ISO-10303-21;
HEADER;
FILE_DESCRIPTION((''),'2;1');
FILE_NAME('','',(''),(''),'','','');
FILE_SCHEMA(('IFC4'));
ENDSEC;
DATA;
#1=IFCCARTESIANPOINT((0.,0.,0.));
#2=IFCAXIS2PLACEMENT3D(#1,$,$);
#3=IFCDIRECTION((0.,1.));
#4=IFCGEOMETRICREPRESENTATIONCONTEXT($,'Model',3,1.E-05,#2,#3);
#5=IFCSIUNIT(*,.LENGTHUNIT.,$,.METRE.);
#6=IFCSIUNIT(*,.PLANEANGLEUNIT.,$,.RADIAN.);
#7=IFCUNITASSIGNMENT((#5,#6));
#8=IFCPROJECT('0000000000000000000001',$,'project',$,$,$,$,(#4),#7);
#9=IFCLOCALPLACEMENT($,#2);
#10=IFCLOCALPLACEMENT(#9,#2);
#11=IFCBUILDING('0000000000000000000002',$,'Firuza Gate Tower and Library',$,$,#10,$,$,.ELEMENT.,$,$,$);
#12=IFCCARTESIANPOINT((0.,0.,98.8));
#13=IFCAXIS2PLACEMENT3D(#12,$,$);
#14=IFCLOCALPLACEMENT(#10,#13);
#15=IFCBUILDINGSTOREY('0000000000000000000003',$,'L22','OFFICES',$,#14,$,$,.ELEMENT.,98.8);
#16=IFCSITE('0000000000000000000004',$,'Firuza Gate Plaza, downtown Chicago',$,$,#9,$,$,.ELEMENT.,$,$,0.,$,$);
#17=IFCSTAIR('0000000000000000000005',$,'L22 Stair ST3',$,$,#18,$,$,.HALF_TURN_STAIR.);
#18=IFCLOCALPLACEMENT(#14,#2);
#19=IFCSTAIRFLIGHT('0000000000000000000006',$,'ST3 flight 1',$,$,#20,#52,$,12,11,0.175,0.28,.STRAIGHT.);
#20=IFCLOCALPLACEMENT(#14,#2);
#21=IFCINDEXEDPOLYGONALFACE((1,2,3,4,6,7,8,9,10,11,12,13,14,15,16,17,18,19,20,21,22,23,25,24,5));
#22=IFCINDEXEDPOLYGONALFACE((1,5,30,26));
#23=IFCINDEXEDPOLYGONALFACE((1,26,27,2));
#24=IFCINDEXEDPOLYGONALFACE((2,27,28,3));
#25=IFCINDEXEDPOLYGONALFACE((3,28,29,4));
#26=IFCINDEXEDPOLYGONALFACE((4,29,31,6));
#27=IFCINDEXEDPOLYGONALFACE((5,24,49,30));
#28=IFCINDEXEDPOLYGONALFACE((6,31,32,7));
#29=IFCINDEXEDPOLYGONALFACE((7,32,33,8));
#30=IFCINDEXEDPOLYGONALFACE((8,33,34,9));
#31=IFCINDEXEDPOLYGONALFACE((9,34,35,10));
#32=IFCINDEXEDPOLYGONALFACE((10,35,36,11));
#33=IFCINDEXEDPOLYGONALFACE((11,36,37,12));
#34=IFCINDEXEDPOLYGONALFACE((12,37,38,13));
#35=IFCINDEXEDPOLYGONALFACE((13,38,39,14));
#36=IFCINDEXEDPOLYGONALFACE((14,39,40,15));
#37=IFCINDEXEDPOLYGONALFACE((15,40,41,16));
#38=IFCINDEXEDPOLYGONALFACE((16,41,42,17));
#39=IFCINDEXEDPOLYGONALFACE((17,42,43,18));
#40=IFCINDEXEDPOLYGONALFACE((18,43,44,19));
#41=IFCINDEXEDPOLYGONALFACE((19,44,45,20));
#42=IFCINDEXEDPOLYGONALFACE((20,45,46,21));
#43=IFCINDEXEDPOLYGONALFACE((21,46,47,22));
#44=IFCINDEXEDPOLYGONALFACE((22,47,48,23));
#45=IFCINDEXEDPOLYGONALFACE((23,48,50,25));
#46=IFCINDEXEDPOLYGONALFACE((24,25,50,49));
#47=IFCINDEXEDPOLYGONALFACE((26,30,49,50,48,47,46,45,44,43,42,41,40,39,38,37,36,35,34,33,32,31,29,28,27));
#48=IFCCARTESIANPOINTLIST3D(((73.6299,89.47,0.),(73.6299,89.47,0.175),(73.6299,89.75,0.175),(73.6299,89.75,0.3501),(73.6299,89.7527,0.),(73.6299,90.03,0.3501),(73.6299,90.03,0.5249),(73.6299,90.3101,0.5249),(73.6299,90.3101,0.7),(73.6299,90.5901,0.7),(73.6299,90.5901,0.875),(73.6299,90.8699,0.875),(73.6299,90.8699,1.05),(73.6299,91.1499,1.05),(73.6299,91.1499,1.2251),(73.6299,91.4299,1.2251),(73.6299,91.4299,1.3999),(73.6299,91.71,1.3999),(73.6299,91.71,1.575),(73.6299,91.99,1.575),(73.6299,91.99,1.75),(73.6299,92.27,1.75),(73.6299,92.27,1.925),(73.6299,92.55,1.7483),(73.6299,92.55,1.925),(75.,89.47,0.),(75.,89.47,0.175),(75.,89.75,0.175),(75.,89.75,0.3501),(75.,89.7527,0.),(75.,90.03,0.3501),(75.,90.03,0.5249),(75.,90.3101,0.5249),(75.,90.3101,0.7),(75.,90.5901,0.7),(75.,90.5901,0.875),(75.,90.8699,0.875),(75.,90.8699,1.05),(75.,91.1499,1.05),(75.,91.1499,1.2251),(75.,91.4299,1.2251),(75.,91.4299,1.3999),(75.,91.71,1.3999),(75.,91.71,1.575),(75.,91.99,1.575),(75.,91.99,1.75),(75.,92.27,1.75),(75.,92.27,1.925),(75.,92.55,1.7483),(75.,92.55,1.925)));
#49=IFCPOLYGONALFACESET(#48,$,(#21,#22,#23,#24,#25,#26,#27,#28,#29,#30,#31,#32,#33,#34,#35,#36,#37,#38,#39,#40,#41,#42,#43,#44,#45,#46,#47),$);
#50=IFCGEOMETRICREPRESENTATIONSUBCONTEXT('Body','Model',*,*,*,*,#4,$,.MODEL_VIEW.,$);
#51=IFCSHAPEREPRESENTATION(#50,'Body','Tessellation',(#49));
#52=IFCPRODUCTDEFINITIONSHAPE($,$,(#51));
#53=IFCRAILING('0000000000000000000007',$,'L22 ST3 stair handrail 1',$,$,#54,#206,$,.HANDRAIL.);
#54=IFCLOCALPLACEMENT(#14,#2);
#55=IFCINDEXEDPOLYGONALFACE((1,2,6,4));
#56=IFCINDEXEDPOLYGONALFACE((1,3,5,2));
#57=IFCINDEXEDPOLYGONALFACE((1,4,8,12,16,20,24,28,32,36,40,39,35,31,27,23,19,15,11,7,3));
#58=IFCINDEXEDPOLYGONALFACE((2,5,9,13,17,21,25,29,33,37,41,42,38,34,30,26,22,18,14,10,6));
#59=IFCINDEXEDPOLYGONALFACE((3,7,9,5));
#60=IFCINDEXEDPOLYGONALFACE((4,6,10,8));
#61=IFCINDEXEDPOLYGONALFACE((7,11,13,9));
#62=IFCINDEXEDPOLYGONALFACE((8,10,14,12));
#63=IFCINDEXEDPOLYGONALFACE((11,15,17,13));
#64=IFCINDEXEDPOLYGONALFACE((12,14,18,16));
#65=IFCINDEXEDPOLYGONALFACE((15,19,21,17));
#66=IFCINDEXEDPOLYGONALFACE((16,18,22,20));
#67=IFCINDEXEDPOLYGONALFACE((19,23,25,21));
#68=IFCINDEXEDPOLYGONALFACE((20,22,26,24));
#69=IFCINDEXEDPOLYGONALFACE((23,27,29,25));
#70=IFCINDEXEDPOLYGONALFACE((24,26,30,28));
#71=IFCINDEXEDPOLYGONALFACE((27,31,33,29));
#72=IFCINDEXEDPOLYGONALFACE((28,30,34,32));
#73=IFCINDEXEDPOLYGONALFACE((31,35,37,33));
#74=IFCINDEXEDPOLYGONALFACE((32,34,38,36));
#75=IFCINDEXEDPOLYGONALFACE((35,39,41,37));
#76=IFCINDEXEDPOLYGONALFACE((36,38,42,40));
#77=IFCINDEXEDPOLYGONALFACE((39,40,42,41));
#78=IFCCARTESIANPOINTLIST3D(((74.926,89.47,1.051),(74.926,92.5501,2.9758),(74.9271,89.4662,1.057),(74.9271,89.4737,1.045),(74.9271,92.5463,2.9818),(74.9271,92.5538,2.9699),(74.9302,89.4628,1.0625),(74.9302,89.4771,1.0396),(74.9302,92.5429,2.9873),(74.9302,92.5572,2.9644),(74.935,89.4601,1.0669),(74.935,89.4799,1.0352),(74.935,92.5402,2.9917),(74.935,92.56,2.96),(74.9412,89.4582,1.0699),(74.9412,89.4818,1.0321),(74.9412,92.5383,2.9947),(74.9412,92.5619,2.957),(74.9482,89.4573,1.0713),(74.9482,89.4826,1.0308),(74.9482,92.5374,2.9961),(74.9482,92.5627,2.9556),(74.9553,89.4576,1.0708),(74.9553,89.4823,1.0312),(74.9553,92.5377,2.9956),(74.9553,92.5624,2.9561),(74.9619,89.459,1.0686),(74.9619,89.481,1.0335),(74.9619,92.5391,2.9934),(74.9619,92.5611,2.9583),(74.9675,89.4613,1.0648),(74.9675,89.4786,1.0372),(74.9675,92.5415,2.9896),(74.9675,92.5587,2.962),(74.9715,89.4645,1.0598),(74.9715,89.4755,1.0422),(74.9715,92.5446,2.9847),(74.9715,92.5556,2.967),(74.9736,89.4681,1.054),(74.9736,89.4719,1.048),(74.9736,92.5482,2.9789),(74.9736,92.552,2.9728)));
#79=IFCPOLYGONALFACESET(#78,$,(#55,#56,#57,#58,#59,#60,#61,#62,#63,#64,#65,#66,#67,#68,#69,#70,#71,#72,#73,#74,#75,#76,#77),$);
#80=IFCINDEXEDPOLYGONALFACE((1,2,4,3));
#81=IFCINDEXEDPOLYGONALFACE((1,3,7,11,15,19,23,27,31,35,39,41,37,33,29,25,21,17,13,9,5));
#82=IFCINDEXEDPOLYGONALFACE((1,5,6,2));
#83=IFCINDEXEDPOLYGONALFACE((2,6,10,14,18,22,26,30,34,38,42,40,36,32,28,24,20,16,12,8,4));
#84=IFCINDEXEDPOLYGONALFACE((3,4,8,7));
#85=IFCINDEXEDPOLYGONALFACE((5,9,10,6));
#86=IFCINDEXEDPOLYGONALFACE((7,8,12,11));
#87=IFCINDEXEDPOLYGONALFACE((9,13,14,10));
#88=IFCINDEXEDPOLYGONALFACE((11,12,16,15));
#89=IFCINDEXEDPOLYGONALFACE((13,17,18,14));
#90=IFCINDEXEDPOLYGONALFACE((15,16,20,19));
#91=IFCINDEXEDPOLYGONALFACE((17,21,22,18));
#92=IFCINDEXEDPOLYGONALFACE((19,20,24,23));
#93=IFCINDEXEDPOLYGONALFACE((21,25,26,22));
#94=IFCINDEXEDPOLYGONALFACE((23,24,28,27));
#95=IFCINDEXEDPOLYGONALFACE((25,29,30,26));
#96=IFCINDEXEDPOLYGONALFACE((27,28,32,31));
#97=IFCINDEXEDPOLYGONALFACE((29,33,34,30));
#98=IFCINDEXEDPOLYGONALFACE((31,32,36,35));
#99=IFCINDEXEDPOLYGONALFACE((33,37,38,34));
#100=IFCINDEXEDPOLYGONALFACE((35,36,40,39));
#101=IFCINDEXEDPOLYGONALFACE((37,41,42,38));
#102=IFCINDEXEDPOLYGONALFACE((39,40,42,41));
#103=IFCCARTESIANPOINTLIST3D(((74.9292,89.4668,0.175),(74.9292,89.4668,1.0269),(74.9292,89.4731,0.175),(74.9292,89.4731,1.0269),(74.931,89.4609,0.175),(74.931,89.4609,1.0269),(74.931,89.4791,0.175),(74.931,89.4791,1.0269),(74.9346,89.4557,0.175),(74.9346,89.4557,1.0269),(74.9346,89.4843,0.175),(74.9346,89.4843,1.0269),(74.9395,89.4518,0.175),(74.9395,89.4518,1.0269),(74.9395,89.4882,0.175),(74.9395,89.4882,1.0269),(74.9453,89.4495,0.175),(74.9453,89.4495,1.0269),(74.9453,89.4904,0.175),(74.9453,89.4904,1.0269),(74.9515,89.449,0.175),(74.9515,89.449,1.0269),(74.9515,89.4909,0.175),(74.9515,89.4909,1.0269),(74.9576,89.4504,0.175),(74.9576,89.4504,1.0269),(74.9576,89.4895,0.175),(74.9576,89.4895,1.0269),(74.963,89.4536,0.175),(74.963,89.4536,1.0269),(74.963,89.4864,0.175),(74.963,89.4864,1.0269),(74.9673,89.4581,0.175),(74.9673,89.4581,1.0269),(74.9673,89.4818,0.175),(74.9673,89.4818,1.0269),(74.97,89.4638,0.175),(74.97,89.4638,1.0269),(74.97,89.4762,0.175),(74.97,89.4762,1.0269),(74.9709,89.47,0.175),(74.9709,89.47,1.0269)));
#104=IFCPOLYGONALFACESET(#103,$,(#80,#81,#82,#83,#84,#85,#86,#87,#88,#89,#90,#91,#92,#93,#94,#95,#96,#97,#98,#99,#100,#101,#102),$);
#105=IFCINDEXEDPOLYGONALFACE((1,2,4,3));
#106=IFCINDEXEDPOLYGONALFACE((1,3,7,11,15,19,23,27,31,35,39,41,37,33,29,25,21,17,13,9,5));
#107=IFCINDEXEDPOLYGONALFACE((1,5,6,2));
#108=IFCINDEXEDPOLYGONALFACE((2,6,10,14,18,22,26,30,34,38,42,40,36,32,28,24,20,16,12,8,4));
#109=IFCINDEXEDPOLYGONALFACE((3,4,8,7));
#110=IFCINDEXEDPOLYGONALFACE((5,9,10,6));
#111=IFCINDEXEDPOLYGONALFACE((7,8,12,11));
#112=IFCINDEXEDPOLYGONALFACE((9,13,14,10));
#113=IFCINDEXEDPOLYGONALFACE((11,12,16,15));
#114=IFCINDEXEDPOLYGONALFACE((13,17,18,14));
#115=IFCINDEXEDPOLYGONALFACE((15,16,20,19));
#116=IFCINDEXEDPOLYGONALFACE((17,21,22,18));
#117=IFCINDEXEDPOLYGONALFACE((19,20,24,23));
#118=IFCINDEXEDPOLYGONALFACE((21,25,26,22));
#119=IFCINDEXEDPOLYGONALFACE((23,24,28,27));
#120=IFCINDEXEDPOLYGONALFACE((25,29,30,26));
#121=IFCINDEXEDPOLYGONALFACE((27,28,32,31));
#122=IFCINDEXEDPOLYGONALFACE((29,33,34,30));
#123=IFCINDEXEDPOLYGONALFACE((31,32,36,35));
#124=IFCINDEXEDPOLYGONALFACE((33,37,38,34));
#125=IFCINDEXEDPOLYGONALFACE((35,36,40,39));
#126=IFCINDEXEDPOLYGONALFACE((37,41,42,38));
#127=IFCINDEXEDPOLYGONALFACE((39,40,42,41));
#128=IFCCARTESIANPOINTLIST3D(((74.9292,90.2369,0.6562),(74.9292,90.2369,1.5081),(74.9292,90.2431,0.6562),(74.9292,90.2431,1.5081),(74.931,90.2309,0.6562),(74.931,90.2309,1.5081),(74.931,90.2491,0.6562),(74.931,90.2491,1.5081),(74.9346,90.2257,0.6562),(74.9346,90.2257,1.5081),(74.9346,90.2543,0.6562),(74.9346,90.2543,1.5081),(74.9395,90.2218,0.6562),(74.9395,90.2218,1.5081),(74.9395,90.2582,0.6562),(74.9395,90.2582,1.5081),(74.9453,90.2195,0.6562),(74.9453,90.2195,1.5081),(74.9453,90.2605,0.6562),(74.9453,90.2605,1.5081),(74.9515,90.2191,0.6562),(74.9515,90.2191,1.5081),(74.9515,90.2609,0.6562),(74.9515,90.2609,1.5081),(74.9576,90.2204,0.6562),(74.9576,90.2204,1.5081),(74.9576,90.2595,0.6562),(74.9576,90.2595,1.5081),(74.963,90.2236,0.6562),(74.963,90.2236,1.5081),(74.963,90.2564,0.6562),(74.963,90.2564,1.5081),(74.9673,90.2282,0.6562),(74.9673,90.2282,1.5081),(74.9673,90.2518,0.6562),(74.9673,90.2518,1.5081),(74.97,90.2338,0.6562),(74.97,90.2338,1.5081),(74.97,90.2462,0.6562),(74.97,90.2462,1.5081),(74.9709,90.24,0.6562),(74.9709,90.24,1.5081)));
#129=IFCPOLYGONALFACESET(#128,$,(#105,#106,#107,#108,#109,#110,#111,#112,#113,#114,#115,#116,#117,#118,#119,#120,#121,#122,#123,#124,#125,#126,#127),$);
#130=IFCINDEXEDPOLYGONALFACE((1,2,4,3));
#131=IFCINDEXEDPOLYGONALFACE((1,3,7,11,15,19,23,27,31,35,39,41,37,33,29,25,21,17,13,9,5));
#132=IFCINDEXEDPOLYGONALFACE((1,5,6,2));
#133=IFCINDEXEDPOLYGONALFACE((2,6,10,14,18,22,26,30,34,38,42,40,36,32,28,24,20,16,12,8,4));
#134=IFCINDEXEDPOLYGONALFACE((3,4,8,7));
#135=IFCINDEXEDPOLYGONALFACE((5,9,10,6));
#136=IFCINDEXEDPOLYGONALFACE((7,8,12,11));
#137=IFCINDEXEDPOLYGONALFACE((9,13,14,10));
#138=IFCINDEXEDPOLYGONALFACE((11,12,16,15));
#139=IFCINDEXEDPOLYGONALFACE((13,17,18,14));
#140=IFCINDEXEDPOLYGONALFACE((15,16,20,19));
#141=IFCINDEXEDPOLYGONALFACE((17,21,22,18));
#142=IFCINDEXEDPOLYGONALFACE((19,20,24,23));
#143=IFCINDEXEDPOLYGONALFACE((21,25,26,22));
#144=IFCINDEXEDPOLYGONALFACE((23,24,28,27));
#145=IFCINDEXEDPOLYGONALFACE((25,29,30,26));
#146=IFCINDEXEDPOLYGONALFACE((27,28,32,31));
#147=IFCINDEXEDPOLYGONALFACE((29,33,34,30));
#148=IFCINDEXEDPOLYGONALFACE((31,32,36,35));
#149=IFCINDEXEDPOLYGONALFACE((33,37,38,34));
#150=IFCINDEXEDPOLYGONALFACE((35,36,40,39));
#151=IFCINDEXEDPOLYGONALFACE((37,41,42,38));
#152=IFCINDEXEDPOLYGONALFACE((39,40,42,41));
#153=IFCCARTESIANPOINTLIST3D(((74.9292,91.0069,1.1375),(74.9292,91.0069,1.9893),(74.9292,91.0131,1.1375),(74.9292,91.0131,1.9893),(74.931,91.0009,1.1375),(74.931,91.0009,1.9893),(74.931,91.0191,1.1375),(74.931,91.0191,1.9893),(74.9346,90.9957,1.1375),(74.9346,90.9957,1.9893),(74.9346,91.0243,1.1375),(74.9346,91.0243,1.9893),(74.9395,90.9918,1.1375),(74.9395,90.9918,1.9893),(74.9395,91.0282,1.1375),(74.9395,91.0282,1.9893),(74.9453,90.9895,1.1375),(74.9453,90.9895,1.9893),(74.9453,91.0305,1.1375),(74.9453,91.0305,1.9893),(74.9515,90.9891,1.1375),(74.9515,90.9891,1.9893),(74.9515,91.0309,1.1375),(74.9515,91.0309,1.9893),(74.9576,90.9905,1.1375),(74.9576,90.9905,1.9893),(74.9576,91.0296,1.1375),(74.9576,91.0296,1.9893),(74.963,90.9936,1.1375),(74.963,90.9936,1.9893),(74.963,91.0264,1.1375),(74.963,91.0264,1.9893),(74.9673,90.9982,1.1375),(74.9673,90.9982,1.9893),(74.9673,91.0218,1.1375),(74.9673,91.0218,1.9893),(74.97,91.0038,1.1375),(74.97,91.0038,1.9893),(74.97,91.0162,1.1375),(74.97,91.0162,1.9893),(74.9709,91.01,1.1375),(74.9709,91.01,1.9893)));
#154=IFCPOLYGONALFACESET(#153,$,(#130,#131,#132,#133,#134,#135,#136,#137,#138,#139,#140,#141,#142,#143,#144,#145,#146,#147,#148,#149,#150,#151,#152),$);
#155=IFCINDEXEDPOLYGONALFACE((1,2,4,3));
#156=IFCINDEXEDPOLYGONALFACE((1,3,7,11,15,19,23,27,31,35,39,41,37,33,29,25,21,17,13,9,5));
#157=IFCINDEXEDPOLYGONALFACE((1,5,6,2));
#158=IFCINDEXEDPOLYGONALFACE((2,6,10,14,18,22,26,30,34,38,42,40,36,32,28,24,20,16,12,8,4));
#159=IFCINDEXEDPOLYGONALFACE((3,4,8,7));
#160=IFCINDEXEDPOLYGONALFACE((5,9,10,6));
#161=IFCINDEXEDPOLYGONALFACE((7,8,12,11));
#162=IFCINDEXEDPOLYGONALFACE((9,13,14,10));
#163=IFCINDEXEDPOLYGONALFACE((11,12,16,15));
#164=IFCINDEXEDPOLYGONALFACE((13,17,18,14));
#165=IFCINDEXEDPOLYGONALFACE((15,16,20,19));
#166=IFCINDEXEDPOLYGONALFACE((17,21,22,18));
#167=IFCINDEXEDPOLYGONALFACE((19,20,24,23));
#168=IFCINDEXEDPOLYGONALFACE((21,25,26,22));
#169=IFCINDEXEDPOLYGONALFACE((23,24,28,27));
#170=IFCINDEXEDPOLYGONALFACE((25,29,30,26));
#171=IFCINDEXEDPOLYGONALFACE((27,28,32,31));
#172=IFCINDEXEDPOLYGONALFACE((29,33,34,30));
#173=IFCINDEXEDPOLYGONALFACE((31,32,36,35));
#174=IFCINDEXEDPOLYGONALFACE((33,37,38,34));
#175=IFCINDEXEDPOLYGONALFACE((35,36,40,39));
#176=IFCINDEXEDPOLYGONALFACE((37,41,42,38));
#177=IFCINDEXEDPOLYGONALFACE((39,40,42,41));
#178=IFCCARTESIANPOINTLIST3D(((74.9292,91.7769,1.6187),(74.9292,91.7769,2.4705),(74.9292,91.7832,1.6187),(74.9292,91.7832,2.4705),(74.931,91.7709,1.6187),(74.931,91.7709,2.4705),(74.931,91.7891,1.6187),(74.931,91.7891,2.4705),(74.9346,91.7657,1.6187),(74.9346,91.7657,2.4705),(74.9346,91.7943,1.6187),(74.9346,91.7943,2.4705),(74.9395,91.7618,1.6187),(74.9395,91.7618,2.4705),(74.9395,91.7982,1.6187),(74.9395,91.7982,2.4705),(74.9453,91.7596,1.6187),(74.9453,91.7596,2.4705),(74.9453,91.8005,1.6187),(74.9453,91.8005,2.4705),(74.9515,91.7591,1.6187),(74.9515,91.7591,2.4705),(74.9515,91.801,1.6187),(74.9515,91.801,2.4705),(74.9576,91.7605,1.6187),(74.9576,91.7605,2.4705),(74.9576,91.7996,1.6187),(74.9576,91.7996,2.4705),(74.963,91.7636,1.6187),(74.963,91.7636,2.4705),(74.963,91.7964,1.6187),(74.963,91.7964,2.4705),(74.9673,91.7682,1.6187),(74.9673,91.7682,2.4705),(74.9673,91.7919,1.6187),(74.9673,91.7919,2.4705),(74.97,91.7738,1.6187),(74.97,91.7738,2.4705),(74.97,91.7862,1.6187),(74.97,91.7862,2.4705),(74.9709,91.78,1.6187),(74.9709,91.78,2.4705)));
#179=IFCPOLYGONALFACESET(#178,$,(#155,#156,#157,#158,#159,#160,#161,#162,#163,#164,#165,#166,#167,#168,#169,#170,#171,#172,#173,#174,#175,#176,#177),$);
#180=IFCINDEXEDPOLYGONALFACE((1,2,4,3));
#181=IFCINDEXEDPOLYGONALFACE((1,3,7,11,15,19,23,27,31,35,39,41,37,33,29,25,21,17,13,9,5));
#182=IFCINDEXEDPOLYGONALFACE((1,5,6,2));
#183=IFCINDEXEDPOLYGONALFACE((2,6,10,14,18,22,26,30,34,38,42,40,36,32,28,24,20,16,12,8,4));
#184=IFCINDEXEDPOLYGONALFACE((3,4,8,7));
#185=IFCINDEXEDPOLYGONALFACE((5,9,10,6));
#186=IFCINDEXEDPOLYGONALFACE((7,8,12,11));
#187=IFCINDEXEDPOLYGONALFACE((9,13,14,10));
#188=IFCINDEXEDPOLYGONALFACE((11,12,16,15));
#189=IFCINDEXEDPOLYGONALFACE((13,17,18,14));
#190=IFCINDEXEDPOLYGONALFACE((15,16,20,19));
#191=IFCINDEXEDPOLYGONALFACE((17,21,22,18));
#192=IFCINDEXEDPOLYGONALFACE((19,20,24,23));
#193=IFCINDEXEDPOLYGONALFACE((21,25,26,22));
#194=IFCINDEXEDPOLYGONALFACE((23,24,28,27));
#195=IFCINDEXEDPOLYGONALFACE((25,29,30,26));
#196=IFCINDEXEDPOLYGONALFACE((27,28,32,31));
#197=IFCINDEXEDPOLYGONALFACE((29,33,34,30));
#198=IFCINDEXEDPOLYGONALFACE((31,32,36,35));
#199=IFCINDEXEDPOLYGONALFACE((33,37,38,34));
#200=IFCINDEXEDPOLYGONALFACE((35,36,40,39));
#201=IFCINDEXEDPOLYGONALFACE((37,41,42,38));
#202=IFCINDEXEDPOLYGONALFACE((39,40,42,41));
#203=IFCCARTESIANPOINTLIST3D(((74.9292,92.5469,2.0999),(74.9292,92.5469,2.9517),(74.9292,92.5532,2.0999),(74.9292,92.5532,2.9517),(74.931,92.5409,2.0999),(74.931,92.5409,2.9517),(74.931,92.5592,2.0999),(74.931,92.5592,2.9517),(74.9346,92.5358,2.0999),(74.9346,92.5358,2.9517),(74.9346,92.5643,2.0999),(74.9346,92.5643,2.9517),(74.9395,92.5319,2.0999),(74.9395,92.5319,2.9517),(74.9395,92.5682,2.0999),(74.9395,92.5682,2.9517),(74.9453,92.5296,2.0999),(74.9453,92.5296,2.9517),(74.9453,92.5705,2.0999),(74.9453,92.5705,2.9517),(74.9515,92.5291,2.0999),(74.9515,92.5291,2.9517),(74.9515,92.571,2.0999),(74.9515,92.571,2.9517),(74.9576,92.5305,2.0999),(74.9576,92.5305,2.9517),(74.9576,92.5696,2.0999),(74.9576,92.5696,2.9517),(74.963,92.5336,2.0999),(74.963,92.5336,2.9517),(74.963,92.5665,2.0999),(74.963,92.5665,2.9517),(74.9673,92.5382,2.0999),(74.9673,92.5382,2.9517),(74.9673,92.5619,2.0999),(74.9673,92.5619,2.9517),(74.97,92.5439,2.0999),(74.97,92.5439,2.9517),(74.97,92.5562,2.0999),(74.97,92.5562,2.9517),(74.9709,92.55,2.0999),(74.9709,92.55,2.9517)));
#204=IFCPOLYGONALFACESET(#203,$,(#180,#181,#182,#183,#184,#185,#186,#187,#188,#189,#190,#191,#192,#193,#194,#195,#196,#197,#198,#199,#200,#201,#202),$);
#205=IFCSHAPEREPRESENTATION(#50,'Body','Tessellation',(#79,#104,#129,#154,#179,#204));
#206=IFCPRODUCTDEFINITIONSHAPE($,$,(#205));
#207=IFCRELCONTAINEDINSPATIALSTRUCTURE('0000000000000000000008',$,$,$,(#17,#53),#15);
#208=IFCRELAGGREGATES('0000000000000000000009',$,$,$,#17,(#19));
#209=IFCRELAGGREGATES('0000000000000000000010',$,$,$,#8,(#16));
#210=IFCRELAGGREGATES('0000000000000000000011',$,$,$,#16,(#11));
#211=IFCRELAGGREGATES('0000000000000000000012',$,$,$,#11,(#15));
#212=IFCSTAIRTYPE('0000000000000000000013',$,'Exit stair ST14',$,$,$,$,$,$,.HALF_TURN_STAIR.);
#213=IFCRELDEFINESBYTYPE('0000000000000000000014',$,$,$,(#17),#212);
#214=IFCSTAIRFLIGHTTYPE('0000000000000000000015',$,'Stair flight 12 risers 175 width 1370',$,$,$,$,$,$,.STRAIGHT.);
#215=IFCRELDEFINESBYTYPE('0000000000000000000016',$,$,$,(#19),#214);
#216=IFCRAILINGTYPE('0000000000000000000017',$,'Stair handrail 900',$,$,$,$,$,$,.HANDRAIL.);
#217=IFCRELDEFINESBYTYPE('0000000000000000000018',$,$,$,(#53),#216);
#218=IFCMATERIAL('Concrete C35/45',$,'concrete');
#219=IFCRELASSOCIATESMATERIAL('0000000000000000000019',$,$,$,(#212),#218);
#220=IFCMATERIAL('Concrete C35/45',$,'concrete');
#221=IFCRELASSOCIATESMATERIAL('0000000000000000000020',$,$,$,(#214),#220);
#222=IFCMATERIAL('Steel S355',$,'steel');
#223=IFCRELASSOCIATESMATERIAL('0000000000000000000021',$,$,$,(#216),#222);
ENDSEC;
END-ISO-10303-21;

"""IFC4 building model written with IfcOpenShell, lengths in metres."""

from ifc_helpers import new_model, si_unit, direction, frame, origin, origin_2d, place, context, subcontext, project, spatial, polyline, circle, outline, extrude, material, type_object, element, aggregate, save


model = new_model("IFC4")

# Units and contexts
model_context = context("Model", 3, precision=1e-05, world=origin(), true_north=direction((0.0, 1.0)))
body_context = subcontext(model_context, "Body", "Model", "MODEL_VIEW")
ifc_project = project(units=[si_unit("LENGTHUNIT", "METRE"), si_unit("PLANEANGLEUNIT", "RADIAN")], contexts=[model_context])

# Site, building, storey
site_placement = place(None, origin())
site = spatial("IfcSite", under=ifc_project, at=site_placement, Name="Firuza Gate Plaza, downtown Chicago", CompositionType="ELEMENT", RefElevation=0.0)
building_placement = place(site_placement, origin())
building = spatial("IfcBuilding", under=site, at=building_placement, Name="Firuza Gate Tower and Library", CompositionType="ELEMENT")
storey_placement = place(building_placement, frame((0.0, 0.0, 98.8)))
storey = spatial("IfcBuildingStorey", under=building, at=storey_placement, Name="L22", Description="OFFICES", CompositionType="ELEMENT", Elevation=98.8)

# Shared definitions
placement = place(storey_placement, origin())

# Stair, stair flight
ifc_material_1 = material(Name="Concrete C35/45", Category="concrete")
stair_type = type_object("IfcStairType", Name="Exit stair ST14", PredefinedType="HALF_TURN_STAIR", material=ifc_material_1)
stair = element("IfcStair", 1, at=placement, inside=storey, type_object=stair_type, Name="L22 Stair ST3", PredefinedType="HALF_TURN_STAIR")
ifc_material_2 = material(Name="Concrete C35/45", Category="concrete")
stair_flight_type = type_object("IfcStairFlightType", Name="Stair flight 12 risers 175 width 1370", PredefinedType="STRAIGHT", material=ifc_material_2)
stair_flight_placement = place(storey_placement, frame((74.3149, 89.47, 0.0), z_axis=(0.0, 0.0, 1.0), x_axis=(0.0, 1.0, 0.0)))
stair_flight = element("IfcStairFlight", 2, at=stair_flight_placement, type_object=stair_flight_type, Name="ST3 flight 1", NumberOfRisers=12, NumberOfTreads=11, PredefinedType="STRAIGHT", RiserHeight=0.175, TreadLength=0.28, context=body_context, shape_type="SweptSolid", body=[
    extrude(outline(polyline([(0.0, 0.0), (0.0, 0.175), (0.28, 0.175), (0.28, 0.3501), (0.5601, 0.3501), (0.5601, 0.5249), (0.8401, 0.5249), (0.8401, 0.7), (1.1201, 0.7), (1.1201, 0.875), (1.3999, 0.875), (1.3999, 1.05), (1.6799, 1.05), (1.6799, 1.2251), (1.96, 1.2251), (1.96, 1.3999), (2.24, 1.3999), (2.24, 1.575), (2.52, 1.575), (2.52, 1.75), (2.8, 1.75), (2.8, 1.925), (3.0801, 1.925), (3.0801, 2.1001), (3.0801, 1.7483), (0.2827, 0.0), (0.0, 0.0)])), frame((0.0, 0.6851, 0.0), z_axis=(0.0, -1.0, 0.0), x_axis=(1.0, 0.0, 0.0)), (0.0, 0.0, 1.0), 1.3701),
])
aggregate(stair, [stair_flight])

# Railing
ifc_material_3 = material(Name="Steel S355", Category="steel")
railing_type = type_object("IfcRailingType", Name="Stair handrail 900", PredefinedType="HANDRAIL", material=ifc_material_3)
railing_placement = place(storey_placement, frame((74.95, 89.47, 0.175)))
element("IfcRailing", 3, at=railing_placement, inside=storey, type_object=railing_type, Name="L22 ST3 stair handrail 1", PredefinedType="HANDRAIL", context=body_context, shape_type="SweptSolid", body=[
    extrude(circle(Radius=0.0239, at=origin_2d()), frame((0.0, 0.0, 0.876), z_axis=(0.0, 0.848029, 0.529951), x_axis=(-1.0, 0.0, 0.0)), (0.0, 0.0, 1.0), 3.6321),
    extrude(circle(Radius=0.021, at=origin_2d()), origin(), (0.0, 0.0, 1.0), 0.8518),
    extrude(circle(Radius=0.021, at=origin_2d()), frame((0.0, 0.77, 0.4812)), (0.0, 0.0, 1.0), 0.8518),
    extrude(circle(Radius=0.021, at=origin_2d()), frame((0.0, 1.54, 0.9624)), (0.0, 0.0, 1.0), 0.8518),
    extrude(circle(Radius=0.021, at=origin_2d()), frame((0.0, 2.3101, 1.4436)), (0.0, 0.0, 1.0), 0.8518),
    extrude(circle(Radius=0.021, at=origin_2d()), frame((0.0, 3.0801, 1.9248)), (0.0, 0.0, 1.0), 0.8518),
])

save(model, "model.ifc")
